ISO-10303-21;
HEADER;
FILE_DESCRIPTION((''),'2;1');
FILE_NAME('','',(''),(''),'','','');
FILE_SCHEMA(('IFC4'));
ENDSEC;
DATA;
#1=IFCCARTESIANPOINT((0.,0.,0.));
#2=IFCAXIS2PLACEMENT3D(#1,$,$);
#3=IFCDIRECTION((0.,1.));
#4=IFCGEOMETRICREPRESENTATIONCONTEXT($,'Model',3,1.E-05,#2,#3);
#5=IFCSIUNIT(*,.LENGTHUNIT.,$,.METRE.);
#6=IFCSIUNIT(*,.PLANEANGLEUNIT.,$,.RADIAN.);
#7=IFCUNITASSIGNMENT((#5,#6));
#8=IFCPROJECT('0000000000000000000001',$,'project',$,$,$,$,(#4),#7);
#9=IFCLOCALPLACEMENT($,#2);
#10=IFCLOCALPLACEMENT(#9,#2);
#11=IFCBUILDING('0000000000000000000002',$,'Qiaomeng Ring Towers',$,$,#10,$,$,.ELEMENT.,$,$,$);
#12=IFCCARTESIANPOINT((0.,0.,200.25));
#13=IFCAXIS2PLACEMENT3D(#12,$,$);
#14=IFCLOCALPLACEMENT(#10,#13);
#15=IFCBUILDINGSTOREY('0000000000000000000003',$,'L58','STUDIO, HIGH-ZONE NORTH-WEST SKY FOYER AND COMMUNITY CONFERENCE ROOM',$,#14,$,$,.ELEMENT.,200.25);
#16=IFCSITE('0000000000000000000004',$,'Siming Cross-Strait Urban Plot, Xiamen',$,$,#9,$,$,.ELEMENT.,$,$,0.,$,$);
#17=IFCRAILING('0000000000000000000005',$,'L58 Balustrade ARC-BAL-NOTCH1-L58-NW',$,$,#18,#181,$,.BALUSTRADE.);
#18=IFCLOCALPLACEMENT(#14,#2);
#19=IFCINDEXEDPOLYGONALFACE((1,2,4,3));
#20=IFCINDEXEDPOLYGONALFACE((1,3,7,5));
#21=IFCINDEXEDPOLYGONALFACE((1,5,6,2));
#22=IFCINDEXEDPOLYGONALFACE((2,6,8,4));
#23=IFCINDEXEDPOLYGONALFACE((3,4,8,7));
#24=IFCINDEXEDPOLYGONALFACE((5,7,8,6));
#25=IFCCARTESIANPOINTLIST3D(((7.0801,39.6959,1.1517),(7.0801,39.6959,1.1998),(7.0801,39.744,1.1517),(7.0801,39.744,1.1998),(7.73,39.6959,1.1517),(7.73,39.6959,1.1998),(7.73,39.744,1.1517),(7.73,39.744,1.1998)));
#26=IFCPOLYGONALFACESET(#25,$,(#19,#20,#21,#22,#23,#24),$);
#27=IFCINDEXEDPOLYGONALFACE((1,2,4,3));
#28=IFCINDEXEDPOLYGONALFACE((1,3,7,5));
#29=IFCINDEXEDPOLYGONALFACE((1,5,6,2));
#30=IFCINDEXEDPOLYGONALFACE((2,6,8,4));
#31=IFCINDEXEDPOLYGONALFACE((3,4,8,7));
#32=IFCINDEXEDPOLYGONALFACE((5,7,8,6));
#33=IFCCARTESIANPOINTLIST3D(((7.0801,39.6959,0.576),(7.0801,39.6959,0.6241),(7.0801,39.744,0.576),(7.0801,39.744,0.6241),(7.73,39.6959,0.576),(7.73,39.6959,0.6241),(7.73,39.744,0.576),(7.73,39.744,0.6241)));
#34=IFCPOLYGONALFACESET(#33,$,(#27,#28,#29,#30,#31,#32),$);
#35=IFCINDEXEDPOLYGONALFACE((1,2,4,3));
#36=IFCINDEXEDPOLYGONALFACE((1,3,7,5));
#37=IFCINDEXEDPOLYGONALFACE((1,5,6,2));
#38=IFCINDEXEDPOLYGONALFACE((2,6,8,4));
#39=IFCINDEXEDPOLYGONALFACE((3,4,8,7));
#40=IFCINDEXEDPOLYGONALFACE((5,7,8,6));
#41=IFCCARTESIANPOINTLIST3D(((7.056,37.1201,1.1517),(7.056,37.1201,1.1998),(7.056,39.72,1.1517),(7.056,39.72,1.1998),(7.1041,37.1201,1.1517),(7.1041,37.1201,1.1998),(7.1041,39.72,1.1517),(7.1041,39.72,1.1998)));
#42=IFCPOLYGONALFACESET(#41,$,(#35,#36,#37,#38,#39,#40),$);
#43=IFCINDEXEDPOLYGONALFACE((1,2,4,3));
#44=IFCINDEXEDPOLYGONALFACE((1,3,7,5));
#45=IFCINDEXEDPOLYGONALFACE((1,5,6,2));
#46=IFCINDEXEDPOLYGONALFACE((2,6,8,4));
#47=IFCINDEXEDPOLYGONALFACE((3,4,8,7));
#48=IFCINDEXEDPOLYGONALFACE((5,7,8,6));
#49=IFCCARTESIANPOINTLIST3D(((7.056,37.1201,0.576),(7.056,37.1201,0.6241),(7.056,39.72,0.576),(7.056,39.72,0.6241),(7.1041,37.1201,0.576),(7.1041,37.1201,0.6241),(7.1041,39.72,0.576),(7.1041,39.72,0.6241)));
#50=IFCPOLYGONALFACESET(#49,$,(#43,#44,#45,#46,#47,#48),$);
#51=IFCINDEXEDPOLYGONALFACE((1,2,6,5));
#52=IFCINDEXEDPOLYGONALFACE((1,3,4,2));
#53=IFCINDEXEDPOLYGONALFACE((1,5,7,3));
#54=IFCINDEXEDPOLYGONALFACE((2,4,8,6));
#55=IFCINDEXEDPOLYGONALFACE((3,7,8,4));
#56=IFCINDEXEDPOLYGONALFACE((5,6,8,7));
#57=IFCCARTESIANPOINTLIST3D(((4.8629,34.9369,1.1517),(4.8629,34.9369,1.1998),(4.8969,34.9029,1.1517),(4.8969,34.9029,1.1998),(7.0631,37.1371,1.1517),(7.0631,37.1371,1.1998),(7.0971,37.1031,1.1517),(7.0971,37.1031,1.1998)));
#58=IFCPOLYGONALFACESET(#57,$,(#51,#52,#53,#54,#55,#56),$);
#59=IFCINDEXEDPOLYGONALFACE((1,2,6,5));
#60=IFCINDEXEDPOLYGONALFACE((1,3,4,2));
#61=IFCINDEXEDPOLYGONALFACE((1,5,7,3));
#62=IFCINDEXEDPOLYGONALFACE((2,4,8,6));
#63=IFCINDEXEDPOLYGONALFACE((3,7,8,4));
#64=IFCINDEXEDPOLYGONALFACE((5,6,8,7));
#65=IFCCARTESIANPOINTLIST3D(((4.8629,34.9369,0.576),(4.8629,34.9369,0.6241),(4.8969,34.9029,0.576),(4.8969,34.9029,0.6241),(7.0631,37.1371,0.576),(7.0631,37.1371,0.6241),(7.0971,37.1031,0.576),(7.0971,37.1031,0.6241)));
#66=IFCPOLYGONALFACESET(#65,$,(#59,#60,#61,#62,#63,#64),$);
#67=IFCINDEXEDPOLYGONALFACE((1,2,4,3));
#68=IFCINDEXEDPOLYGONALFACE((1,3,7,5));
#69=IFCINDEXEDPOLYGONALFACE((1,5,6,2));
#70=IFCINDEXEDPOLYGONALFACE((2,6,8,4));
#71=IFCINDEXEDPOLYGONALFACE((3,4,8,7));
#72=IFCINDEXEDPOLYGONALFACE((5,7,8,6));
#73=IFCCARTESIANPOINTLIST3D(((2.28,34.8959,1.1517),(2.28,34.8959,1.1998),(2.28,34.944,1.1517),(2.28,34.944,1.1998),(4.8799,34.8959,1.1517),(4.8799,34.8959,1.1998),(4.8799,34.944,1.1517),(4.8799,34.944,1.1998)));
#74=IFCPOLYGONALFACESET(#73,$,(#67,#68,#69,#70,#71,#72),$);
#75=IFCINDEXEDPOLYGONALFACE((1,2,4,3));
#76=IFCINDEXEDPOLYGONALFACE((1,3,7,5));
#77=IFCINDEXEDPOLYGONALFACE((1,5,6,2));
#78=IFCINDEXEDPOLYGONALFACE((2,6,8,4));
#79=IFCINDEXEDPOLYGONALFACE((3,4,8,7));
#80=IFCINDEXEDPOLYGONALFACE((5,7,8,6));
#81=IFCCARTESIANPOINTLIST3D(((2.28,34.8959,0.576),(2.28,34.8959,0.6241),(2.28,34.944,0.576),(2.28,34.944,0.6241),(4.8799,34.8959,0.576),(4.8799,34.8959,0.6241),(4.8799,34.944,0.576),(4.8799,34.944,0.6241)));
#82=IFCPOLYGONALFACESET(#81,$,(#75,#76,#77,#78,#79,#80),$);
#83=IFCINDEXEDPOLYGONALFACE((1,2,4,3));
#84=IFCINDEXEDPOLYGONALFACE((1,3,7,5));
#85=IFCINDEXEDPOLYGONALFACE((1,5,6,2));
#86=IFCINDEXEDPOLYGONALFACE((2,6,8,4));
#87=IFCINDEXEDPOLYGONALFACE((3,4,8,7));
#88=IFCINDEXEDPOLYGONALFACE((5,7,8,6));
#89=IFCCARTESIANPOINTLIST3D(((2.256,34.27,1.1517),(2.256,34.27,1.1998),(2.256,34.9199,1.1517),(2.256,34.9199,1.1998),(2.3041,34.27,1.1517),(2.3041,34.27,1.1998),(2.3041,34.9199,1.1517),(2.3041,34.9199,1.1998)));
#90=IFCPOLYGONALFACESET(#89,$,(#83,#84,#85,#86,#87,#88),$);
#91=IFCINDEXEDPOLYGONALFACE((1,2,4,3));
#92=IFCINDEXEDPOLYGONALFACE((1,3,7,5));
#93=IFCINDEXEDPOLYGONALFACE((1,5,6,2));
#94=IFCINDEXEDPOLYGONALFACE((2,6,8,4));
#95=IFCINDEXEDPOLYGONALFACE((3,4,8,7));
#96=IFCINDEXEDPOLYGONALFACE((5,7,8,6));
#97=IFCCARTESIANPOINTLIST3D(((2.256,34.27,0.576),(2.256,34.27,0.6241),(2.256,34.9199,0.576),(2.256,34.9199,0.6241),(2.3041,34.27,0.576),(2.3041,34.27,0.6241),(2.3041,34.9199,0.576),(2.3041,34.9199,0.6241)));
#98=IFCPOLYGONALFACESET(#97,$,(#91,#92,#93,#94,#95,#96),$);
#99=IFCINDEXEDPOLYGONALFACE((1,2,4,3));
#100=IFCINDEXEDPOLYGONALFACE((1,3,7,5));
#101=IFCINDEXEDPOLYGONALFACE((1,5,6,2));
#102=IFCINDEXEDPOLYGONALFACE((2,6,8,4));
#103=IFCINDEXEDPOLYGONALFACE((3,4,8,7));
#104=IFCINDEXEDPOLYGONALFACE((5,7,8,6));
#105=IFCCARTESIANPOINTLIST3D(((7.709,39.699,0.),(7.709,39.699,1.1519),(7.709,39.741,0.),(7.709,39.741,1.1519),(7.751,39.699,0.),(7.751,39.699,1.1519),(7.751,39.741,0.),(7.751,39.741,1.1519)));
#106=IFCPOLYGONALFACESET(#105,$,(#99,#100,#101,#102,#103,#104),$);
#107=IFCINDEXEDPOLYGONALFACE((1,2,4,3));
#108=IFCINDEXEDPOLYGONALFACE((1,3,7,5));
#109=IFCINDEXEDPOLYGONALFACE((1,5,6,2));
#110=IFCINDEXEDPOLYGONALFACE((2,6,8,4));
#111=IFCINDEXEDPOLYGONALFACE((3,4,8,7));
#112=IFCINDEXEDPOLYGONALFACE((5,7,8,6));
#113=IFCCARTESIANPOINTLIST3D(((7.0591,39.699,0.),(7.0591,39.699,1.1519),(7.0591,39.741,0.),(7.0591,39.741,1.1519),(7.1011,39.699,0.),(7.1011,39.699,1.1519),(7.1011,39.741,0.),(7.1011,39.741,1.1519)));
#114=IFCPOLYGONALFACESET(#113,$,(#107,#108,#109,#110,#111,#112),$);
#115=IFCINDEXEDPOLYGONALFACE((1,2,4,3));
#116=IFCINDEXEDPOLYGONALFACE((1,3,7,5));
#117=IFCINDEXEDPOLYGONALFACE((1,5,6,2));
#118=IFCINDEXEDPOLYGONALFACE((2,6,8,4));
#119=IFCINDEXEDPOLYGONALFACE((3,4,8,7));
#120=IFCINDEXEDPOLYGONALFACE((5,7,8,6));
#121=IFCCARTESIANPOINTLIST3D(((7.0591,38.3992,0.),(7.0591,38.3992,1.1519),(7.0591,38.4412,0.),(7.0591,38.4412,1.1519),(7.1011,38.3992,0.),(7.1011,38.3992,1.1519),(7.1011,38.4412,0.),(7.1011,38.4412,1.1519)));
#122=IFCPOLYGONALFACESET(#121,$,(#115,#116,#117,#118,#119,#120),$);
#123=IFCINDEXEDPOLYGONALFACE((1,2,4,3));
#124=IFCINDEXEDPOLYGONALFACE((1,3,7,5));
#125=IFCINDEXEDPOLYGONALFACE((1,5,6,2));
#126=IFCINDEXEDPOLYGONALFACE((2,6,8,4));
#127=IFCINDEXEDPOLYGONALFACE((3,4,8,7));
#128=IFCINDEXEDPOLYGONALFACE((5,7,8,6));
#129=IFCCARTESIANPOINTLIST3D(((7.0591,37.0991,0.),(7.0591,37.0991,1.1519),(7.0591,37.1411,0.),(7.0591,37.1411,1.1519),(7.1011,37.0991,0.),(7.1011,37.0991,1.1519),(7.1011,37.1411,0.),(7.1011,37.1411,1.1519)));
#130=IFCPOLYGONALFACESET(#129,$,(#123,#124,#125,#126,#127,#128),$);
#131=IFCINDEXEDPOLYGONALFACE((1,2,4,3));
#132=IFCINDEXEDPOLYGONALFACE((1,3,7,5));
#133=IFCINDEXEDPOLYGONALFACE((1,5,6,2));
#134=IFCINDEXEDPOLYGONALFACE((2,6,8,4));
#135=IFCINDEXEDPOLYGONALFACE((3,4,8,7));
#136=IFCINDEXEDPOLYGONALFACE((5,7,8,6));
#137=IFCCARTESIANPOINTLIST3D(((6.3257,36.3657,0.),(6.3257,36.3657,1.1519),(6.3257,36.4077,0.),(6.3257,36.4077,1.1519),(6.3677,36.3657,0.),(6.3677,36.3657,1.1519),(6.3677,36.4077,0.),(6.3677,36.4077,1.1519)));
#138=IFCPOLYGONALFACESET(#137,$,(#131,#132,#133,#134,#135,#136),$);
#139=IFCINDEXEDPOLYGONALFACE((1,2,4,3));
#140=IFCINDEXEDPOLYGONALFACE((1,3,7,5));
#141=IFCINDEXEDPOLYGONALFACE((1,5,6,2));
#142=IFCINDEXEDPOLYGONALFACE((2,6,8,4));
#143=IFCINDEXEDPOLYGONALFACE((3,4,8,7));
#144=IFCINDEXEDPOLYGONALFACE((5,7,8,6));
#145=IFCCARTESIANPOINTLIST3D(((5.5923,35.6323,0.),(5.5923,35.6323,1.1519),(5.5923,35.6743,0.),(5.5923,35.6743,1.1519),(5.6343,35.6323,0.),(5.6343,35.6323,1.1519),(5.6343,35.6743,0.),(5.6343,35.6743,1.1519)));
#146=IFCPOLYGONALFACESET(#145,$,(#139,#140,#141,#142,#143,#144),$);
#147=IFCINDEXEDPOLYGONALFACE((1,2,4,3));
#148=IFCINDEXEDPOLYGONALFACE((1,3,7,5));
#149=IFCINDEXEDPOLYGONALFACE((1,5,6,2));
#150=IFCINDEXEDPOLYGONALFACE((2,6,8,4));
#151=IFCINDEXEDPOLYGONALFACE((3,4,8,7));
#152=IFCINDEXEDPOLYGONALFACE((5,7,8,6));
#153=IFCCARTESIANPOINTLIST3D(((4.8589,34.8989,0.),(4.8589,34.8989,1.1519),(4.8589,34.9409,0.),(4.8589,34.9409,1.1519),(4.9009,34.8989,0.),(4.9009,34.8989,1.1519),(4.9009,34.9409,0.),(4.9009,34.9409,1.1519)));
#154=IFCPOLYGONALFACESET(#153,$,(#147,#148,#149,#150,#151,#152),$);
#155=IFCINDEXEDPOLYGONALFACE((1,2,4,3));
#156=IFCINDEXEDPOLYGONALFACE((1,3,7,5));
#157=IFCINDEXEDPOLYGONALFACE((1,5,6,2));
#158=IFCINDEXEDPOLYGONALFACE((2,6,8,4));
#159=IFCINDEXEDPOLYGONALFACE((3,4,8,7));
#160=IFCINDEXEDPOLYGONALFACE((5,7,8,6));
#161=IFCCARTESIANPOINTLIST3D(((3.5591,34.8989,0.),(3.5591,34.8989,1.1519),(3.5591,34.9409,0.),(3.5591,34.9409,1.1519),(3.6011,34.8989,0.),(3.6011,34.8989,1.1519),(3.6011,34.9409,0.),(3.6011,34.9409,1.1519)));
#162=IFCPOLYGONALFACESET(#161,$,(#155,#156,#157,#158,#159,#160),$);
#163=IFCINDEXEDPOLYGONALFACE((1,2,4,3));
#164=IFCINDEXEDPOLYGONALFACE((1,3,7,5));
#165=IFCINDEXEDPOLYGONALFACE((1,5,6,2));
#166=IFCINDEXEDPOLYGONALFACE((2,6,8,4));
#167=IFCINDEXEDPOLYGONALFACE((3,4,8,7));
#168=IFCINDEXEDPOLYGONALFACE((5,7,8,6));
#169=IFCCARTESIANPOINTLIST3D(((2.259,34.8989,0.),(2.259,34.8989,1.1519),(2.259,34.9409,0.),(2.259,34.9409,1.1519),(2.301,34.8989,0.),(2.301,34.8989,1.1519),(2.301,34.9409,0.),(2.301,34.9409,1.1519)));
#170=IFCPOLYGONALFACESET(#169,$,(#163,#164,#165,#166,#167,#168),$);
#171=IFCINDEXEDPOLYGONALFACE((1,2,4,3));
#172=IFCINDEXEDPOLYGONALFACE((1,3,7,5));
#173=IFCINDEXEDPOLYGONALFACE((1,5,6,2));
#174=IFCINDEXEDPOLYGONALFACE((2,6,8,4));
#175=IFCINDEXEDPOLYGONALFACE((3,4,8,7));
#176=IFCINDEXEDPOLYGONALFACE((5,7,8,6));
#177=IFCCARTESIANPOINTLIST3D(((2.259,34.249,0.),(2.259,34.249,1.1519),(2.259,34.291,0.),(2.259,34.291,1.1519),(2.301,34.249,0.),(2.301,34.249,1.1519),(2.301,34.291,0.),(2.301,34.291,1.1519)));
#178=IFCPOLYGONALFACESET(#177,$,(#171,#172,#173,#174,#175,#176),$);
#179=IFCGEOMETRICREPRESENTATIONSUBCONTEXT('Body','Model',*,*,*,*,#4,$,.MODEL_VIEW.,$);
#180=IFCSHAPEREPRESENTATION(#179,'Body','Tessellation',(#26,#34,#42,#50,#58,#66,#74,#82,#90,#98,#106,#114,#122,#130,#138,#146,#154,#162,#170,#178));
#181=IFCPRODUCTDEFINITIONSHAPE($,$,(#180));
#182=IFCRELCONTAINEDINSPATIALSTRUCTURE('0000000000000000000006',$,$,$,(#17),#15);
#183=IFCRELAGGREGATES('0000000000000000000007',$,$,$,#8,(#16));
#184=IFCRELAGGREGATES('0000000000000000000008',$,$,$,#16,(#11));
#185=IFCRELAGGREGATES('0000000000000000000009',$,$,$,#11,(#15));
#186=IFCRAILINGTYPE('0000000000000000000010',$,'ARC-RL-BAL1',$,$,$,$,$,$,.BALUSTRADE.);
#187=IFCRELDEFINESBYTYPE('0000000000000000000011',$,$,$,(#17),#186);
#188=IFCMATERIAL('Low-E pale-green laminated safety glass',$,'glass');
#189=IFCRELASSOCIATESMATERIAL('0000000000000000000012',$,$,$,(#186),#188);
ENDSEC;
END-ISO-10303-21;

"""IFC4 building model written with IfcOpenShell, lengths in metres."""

from ifc_helpers import new_model, si_unit, direction, frame, origin, origin_2d, place, context, subcontext, project, spatial, rectangle, extrude, material, type_object, element, save


model = new_model("IFC4")

# Units and contexts
model_context = context("Model", 3, precision=1e-05, world=origin(), true_north=direction((0.0, 1.0)))
body_context = subcontext(model_context, "Body", "Model", "MODEL_VIEW")
ifc_project = project(units=[si_unit("LENGTHUNIT", "METRE"), si_unit("PLANEANGLEUNIT", "RADIAN")], contexts=[model_context])

# Site, building, storey
site_placement = place(None, origin())
site = spatial("IfcSite", under=ifc_project, at=site_placement, Name="Siming Cross-Strait Urban Plot, Xiamen", CompositionType="ELEMENT", RefElevation=0.0)
building_placement = place(site_placement, origin())
building = spatial("IfcBuilding", under=site, at=building_placement, Name="Qiaomeng Ring Towers", CompositionType="ELEMENT")
storey_placement = place(building_placement, frame((0.0, 0.0, 200.25)))
storey = spatial("IfcBuildingStorey", under=building, at=storey_placement, Name="L58", Description="STUDIO, HIGH-ZONE NORTH-WEST SKY FOYER AND COMMUNITY CONFERENCE ROOM", CompositionType="ELEMENT", Elevation=200.25)

# Railing
ifc_material_1 = material(Name="Low-E pale-green laminated safety glass", Category="glass")
railing_type = type_object("IfcRailingType", Name="ARC-RL-BAL1", PredefinedType="BALUSTRADE", material=ifc_material_1)
railing_placement = place(storey_placement, frame((7.73, 39.72, 0.0)))
element("IfcRailing", 1, at=railing_placement, inside=storey, type_object=railing_type, Name="L58 Balustrade ARC-BAL-NOTCH1-L58-NW", PredefinedType="BALUSTRADE", context=body_context, shape_type="SweptSolid", body=[
    extrude(rectangle(XDim=0.0481, YDim=0.0481, at=origin_2d()), frame((0.0, 0.0, 1.1758), z_axis=(-1.0, 0.0, 0.0), x_axis=(0.0, -1.0, 0.0)), (0.0, 0.0, 1.0), 0.6499),
    extrude(rectangle(XDim=0.0481, YDim=0.0481, at=origin_2d()), frame((0.0, 0.0, 0.6001), z_axis=(-1.0, 0.0, 0.0), x_axis=(0.0, -1.0, 0.0)), (0.0, 0.0, 1.0), 0.6499),
    extrude(rectangle(XDim=0.0481, YDim=0.0481, at=origin_2d()), frame((-0.6499, 0.0, 1.1758), z_axis=(0.0, -1.0, 0.0), x_axis=(1.0, 0.0, 0.0)), (0.0, 0.0, 1.0), 2.5999),
    extrude(rectangle(XDim=0.0481, YDim=0.0481, at=origin_2d()), frame((-0.6499, 0.0, 0.6001), z_axis=(0.0, -1.0, 0.0), x_axis=(1.0, 0.0, 0.0)), (0.0, 0.0, 1.0), 2.5999),
    extrude(rectangle(XDim=0.0481, YDim=0.0481, at=origin_2d()), frame((-0.6499, -2.5999, 1.1758), z_axis=(-0.707107, -0.707107, 0.0), x_axis=(0.707107, -0.707107, 0.0)), (0.0, 0.0, 1.0), 3.1116),
    extrude(rectangle(XDim=0.0481, YDim=0.0481, at=origin_2d()), frame((-0.6499, -2.5999, 0.6001), z_axis=(-0.707107, -0.707107, 0.0), x_axis=(0.707107, -0.707107, 0.0)), (0.0, 0.0, 1.0), 3.1116),
    extrude(rectangle(XDim=0.0481, YDim=0.0481, at=origin_2d()), frame((-2.8501, -4.8, 1.1758), z_axis=(-1.0, 0.0, 0.0), x_axis=(0.0, -1.0, 0.0)), (0.0, 0.0, 1.0), 2.5999),
    extrude(rectangle(XDim=0.0481, YDim=0.0481, at=origin_2d()), frame((-2.8501, -4.8, 0.6001), z_axis=(-1.0, 0.0, 0.0), x_axis=(0.0, -1.0, 0.0)), (0.0, 0.0, 1.0), 2.5999),
    extrude(rectangle(XDim=0.0481, YDim=0.0481, at=origin_2d()), frame((-5.45, -4.8, 1.1758), z_axis=(0.0, -1.0, 0.0), x_axis=(1.0, 0.0, 0.0)), (0.0, 0.0, 1.0), 0.6499),
    extrude(rectangle(XDim=0.0481, YDim=0.0481, at=origin_2d()), frame((-5.45, -4.8, 0.6001), z_axis=(0.0, -1.0, 0.0), x_axis=(1.0, 0.0, 0.0)), (0.0, 0.0, 1.0), 0.6499),
    extrude(rectangle(XDim=0.042, YDim=0.042, at=origin_2d()), origin(), (0.0, 0.0, 1.0), 1.1519),
    extrude(rectangle(XDim=0.042, YDim=0.042, at=origin_2d()), frame((-0.6499, 0.0, 0.0)), (0.0, 0.0, 1.0), 1.1519),
    extrude(rectangle(XDim=0.042, YDim=0.042, at=origin_2d()), frame((-0.6499, -1.2998, 0.0)), (0.0, 0.0, 1.0), 1.1519),
    extrude(rectangle(XDim=0.042, YDim=0.042, at=origin_2d()), frame((-0.6499, -2.5999, 0.0)), (0.0, 0.0, 1.0), 1.1519),
    extrude(rectangle(XDim=0.042, YDim=0.042, at=origin_2d()), frame((-1.3833, -3.3333, 0.0)), (0.0, 0.0, 1.0), 1.1519),
    extrude(rectangle(XDim=0.042, YDim=0.042, at=origin_2d()), frame((-2.1167, -4.0667, 0.0)), (0.0, 0.0, 1.0), 1.1519),
    extrude(rectangle(XDim=0.042, YDim=0.042, at=origin_2d()), frame((-2.8501, -4.8, 0.0)), (0.0, 0.0, 1.0), 1.1519),
    extrude(rectangle(XDim=0.042, YDim=0.042, at=origin_2d()), frame((-4.1499, -4.8, 0.0)), (0.0, 0.0, 1.0), 1.1519),
    extrude(rectangle(XDim=0.042, YDim=0.042, at=origin_2d()), frame((-5.45, -4.8, 0.0)), (0.0, 0.0, 1.0), 1.1519),
    extrude(rectangle(XDim=0.042, YDim=0.042, at=origin_2d()), frame((-5.45, -5.45, 0.0)), (0.0, 0.0, 1.0), 1.1519),
])

save(model, "model.ifc")
